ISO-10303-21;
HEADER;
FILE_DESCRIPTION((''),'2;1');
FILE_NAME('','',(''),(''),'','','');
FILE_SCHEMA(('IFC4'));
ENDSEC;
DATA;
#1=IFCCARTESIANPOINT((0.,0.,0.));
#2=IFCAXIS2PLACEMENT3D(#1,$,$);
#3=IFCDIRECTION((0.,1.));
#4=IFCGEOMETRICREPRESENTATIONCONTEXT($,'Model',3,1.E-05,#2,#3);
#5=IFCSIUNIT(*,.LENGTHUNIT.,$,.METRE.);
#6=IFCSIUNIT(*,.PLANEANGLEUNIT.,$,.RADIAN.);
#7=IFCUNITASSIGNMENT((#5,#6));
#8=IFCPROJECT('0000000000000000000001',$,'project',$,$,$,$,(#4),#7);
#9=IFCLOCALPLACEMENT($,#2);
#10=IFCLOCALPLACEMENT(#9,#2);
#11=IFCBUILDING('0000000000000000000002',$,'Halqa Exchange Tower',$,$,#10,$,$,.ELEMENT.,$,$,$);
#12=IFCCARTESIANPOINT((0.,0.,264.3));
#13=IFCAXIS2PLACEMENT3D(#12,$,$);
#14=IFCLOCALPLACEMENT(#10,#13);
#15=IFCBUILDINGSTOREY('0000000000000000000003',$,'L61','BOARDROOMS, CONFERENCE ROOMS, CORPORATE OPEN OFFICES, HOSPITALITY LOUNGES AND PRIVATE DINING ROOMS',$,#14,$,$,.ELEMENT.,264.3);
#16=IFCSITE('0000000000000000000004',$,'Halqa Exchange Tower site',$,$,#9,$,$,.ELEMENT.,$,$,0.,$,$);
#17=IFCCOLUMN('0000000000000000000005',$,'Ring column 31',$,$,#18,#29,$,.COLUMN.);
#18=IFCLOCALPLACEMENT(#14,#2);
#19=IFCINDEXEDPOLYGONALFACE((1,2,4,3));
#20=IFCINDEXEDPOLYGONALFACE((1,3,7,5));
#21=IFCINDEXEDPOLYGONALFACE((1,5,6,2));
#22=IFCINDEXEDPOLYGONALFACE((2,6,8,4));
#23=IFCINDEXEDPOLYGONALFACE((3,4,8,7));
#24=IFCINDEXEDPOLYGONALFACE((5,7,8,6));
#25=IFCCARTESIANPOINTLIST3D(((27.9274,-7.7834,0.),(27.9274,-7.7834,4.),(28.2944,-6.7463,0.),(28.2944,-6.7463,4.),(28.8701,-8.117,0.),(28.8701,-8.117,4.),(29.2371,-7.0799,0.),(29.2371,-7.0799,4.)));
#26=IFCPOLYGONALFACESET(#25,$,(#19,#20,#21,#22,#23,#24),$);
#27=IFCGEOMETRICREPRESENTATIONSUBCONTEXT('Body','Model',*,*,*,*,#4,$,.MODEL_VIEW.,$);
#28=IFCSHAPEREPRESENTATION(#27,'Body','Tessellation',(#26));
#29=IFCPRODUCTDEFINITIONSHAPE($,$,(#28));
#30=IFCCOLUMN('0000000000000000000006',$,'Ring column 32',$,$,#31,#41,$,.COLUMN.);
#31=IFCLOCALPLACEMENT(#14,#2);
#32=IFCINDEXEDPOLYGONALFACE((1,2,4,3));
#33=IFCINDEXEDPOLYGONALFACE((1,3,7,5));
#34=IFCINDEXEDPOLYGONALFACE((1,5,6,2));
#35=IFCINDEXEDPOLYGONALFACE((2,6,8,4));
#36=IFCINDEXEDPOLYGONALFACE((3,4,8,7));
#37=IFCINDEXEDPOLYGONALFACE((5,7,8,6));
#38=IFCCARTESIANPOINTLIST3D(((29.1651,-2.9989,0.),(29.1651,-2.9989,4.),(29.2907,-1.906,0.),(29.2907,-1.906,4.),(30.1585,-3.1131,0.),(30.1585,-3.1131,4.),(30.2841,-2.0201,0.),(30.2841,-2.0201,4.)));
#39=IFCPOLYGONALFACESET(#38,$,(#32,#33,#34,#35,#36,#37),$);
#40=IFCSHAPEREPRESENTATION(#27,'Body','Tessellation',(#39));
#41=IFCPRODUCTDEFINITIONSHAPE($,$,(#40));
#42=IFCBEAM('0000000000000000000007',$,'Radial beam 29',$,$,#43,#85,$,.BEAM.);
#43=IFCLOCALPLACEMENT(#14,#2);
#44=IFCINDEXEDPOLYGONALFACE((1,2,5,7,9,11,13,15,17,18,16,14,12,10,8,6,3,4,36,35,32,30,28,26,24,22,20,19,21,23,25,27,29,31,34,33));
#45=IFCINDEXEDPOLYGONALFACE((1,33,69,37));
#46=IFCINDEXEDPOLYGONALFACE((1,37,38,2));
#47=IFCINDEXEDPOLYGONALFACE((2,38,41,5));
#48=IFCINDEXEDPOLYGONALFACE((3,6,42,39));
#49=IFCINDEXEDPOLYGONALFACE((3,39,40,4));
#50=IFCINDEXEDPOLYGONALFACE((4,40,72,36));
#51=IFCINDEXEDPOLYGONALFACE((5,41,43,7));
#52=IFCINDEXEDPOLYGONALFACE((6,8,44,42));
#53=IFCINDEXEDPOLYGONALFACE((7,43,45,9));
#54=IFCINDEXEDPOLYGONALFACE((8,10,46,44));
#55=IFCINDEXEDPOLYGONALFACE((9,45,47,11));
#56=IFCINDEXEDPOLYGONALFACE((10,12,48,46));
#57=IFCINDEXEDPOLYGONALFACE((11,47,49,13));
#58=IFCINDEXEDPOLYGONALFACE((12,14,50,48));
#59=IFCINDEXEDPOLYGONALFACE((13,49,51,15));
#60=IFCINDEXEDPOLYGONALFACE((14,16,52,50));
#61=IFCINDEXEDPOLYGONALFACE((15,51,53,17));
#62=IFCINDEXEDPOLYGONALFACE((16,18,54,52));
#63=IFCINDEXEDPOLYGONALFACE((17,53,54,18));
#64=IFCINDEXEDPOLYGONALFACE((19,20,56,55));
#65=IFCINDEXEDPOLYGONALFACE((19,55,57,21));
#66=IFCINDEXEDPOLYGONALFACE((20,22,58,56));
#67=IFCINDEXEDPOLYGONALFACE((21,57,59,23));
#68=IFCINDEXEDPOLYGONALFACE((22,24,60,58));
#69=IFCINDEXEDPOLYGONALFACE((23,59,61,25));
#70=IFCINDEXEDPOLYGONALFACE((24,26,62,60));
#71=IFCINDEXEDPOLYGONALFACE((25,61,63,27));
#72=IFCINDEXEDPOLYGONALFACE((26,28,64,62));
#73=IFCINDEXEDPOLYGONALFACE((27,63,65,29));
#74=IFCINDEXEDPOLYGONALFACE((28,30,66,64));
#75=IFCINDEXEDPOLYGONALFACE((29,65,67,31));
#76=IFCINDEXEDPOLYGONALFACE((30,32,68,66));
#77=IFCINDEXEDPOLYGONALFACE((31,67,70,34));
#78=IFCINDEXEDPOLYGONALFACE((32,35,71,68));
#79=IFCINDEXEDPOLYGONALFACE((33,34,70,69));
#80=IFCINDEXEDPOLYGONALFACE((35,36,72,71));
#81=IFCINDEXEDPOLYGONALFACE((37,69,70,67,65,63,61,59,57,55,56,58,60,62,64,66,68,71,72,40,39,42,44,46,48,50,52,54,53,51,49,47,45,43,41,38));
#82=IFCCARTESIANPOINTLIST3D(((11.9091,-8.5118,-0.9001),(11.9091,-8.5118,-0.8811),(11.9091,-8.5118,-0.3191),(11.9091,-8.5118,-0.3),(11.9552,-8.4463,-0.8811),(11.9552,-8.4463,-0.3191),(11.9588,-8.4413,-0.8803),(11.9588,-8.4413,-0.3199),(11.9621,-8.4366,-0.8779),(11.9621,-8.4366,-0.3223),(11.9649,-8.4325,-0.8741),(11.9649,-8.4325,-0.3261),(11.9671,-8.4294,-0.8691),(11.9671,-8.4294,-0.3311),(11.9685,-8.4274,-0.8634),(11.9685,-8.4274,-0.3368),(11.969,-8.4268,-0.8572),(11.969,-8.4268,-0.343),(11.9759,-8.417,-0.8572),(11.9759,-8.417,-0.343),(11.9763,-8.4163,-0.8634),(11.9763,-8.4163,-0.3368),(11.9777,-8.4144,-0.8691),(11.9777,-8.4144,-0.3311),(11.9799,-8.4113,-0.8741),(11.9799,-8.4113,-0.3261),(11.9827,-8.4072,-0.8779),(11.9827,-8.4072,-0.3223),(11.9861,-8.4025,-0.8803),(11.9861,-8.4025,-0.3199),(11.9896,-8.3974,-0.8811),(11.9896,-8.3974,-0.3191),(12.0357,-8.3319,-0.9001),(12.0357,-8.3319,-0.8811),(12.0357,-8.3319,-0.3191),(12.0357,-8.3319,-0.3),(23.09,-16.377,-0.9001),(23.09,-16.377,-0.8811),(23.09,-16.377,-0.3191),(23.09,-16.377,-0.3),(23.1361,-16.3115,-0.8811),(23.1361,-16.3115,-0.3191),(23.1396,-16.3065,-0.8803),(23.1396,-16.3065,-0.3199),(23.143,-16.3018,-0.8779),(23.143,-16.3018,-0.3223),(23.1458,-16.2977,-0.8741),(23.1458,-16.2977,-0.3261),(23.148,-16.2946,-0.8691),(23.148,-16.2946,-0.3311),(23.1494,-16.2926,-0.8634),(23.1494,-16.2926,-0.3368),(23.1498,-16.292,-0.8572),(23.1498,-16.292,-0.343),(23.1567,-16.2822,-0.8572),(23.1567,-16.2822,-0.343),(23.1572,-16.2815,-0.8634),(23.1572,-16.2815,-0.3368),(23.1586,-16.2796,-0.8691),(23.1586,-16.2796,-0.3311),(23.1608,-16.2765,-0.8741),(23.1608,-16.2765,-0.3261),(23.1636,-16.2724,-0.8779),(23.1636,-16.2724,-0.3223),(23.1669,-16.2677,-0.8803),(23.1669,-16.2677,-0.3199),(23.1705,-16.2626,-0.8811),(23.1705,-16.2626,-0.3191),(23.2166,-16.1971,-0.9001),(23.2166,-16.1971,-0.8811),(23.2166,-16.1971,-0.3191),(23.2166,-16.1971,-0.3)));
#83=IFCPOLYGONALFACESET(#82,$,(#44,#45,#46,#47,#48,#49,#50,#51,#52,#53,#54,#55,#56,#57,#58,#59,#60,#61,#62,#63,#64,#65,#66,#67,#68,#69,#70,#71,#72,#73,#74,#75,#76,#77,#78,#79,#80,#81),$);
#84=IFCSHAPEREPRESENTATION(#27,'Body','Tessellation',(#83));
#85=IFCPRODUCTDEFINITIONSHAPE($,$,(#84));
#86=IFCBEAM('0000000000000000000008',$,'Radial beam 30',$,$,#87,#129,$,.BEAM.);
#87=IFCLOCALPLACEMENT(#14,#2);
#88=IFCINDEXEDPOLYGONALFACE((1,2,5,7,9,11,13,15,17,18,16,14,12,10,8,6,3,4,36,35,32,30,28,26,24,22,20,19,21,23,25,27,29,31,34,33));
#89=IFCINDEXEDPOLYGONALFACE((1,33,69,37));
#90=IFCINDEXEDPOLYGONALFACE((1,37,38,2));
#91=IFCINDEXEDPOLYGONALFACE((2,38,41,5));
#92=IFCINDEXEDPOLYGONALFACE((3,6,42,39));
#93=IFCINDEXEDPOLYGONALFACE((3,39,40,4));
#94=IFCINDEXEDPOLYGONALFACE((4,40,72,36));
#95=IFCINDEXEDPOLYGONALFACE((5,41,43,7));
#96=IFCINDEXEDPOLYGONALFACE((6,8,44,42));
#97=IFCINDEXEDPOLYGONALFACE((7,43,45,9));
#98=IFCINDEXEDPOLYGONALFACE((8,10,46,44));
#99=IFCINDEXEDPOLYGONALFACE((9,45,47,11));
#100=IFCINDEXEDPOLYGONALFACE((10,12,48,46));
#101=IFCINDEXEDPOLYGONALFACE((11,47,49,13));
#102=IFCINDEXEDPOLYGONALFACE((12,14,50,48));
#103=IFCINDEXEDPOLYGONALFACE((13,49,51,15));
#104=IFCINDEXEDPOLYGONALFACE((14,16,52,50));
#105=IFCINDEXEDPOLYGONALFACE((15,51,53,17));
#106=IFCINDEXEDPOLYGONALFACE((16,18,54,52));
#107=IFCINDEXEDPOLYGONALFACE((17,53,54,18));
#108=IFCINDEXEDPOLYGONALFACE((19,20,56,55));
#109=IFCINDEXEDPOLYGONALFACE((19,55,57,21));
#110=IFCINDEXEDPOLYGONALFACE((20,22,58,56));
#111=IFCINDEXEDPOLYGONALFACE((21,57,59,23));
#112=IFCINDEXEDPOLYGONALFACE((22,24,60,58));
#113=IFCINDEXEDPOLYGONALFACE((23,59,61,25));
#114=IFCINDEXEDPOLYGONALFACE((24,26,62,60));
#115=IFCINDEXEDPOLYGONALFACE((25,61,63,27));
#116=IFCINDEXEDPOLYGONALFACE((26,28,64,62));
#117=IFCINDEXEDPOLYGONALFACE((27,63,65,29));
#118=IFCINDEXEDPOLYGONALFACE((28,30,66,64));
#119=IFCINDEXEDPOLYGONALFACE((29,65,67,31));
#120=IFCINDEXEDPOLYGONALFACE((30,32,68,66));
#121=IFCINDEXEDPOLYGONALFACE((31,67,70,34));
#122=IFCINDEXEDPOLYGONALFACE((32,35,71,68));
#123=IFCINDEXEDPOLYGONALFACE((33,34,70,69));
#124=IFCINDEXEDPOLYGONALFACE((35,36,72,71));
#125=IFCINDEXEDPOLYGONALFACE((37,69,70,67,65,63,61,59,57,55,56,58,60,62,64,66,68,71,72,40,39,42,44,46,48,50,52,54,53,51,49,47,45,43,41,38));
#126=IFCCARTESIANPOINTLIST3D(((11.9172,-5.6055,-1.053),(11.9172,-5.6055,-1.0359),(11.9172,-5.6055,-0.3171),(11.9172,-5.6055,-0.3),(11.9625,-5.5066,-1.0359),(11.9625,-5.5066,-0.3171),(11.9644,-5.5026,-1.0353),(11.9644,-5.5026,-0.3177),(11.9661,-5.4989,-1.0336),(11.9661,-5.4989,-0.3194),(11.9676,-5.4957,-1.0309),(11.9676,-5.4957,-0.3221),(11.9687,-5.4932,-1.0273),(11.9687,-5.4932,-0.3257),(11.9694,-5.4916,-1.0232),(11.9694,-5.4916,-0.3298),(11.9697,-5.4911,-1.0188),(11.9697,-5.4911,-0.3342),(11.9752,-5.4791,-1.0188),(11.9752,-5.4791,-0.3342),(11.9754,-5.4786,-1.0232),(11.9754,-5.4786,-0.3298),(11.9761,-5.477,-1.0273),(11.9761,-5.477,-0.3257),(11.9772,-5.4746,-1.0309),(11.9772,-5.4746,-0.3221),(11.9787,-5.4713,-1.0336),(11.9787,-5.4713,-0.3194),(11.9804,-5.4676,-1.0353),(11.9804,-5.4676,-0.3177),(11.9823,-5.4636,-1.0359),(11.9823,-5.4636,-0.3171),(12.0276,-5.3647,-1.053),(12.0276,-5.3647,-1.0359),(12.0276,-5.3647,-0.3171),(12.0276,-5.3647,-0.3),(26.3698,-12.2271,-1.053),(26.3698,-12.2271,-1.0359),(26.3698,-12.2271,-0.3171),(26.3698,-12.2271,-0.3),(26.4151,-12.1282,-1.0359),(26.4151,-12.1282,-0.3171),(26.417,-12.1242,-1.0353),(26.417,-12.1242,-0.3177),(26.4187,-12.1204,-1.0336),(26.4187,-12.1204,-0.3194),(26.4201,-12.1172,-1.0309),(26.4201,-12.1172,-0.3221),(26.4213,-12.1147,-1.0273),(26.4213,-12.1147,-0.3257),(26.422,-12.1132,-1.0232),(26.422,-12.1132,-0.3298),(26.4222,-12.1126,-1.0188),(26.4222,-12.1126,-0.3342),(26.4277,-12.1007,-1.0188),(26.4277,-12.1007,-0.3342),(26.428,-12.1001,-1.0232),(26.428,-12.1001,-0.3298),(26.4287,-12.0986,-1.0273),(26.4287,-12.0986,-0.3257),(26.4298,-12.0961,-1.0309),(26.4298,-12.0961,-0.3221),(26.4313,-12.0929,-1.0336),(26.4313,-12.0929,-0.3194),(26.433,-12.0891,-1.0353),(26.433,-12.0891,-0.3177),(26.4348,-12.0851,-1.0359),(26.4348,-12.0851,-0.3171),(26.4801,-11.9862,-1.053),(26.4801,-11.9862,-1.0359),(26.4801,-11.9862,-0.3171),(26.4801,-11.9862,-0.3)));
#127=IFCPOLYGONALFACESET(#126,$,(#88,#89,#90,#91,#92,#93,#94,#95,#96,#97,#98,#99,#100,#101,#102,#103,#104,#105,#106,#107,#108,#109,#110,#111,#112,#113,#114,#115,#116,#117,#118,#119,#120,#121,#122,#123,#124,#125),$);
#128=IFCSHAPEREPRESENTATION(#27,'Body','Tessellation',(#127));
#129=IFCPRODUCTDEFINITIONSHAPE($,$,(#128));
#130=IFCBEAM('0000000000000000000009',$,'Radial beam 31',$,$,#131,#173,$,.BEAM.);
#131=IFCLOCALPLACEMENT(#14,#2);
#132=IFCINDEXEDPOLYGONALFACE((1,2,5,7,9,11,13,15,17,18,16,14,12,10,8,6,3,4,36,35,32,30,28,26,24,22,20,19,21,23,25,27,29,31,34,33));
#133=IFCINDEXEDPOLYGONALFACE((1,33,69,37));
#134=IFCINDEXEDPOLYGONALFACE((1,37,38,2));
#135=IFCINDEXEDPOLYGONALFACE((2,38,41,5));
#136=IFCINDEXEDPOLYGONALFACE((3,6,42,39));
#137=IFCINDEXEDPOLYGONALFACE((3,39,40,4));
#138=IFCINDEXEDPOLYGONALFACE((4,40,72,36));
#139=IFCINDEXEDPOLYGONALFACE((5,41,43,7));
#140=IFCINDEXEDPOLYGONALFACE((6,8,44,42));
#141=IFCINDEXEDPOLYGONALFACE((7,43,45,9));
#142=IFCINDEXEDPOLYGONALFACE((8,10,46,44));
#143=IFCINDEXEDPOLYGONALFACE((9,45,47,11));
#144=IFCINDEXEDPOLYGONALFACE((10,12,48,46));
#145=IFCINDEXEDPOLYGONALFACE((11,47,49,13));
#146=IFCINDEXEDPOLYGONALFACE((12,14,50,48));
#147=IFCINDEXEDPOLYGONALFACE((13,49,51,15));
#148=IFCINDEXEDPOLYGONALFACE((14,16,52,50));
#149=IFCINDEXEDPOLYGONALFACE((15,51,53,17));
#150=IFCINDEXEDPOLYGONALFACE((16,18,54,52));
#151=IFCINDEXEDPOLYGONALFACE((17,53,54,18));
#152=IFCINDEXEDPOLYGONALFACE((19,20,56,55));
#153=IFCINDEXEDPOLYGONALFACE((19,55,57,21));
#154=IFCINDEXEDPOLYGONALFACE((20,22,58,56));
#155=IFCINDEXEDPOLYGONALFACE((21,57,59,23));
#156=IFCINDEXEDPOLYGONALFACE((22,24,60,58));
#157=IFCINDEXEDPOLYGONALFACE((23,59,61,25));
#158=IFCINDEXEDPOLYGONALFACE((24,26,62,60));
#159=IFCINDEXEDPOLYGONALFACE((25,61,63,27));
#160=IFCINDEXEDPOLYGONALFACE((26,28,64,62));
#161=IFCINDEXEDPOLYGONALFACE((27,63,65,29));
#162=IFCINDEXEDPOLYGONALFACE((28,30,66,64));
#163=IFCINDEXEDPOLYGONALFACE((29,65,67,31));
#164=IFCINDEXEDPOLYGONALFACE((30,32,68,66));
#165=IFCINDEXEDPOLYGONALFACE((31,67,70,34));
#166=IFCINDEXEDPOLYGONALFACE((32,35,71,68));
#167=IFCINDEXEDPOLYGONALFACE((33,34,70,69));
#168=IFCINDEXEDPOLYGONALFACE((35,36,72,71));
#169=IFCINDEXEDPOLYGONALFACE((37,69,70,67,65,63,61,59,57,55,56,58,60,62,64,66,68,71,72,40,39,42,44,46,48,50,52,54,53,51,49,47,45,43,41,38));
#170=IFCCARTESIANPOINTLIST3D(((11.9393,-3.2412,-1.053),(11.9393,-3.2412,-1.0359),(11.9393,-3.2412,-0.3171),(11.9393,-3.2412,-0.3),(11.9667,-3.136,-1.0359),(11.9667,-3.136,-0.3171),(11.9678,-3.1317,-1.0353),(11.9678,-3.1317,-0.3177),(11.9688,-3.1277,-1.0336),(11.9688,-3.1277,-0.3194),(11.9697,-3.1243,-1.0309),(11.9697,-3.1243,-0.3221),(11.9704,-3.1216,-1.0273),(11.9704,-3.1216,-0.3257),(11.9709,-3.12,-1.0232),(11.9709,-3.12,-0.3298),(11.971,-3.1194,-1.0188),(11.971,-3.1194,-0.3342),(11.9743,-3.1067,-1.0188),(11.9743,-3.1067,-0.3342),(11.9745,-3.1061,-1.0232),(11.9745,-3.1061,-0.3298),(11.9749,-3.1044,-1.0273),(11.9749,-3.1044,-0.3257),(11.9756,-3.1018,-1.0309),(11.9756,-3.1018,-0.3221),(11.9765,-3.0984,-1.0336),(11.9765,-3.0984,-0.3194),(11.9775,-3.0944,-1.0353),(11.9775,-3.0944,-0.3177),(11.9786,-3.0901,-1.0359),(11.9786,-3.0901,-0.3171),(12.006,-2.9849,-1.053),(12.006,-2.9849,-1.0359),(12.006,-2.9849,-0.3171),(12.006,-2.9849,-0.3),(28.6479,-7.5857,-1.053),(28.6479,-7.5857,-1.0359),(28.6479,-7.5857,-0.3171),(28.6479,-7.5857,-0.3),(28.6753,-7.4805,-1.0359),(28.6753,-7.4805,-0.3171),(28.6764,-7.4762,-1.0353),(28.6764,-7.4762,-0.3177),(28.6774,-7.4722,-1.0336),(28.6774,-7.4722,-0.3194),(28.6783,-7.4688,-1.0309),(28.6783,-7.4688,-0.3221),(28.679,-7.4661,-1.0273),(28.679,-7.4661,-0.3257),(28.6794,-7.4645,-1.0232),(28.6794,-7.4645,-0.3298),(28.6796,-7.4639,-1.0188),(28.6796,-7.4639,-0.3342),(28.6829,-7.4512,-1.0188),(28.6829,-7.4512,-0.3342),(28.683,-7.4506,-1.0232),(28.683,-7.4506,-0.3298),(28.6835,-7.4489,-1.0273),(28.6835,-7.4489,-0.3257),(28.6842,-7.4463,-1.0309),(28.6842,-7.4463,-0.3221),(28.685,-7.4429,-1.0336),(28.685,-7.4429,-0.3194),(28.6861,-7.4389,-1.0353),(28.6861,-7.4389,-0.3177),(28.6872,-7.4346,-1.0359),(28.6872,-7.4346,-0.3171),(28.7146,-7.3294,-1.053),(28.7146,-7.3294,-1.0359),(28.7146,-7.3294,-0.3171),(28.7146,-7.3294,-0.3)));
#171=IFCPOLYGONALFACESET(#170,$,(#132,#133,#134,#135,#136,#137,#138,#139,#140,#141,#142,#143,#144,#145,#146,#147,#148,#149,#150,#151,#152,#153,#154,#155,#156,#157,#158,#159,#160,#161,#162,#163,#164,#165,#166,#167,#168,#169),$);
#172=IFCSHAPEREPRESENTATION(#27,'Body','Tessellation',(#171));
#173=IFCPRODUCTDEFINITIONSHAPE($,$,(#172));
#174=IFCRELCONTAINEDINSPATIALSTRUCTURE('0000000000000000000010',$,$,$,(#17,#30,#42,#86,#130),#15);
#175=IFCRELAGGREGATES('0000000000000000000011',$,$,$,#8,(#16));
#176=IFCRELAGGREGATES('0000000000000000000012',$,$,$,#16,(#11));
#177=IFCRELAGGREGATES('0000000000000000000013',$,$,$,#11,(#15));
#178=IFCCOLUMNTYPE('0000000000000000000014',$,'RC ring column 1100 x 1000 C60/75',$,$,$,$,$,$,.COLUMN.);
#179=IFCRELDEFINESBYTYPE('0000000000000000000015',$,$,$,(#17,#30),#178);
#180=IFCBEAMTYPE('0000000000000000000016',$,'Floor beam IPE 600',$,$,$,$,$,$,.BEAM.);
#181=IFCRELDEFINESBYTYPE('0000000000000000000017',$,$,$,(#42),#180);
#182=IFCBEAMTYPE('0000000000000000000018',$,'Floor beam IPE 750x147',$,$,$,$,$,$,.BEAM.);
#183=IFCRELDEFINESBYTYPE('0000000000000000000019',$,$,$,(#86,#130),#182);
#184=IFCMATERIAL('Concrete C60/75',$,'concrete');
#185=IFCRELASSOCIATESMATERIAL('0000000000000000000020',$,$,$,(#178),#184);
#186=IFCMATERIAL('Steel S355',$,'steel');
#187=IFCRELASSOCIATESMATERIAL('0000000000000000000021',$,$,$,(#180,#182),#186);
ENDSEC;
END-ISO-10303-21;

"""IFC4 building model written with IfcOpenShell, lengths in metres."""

from ifc_helpers import new_model, si_unit, direction, frame, origin, origin_2d, place, context, subcontext, project, spatial, rectangle, i_section, extrude, material, material_profile, profile_set, type_object, element, save


model = new_model("IFC4")

# Units and contexts
model_context = context("Model", 3, precision=1e-05, world=origin(), true_north=direction((0.0, 1.0)))
body_context = subcontext(model_context, "Body", "Model", "MODEL_VIEW")
ifc_project = project(units=[si_unit("LENGTHUNIT", "METRE"), si_unit("PLANEANGLEUNIT", "RADIAN")], contexts=[model_context])

# Site, building, storey
site_placement = place(None, origin())
site = spatial("IfcSite", under=ifc_project, at=site_placement, Name="Halqa Exchange Tower site", CompositionType="ELEMENT", RefElevation=0.0)
building_placement = place(site_placement, origin())
building = spatial("IfcBuilding", under=site, at=building_placement, Name="Halqa Exchange Tower", CompositionType="ELEMENT")
storey_placement = place(building_placement, frame((0.0, 0.0, 264.3)))
storey = spatial("IfcBuildingStorey", under=building, at=storey_placement, Name="L61", Description="BOARDROOMS, CONFERENCE ROOMS, CORPORATE OPEN OFFICES, HOSPITALITY LOUNGES AND PRIVATE DINING ROOMS", CompositionType="ELEMENT", Elevation=264.3)

# Columns
ifc_material_1 = material(Name="Concrete C60/75", Category="concrete")
ifc_material_profile_1 = material_profile(ifc_material_1, rectangle(XDim=1.1001, YDim=1.0, at=origin_2d()), Name="1100 x 1000")
ifc_profile_set_1 = profile_set([ifc_material_profile_1], Name="Concrete C60/75")
column_type = type_object("IfcColumnType", Name="RC ring column 1100 x 1000 C60/75", PredefinedType="COLUMN", material=ifc_profile_set_1)
for number, where, z_axis, x_axis, name in (
    (1, (28.5823, -7.4316, 0.0), (0.0, 0.0, 1.0), (0.333628, 0.942705, 0.0), "Ring column 31"),
    (2, (29.7246, -2.5095, 0.0), (0.0, 0.0, 1.0), (0.114155, 0.993463, 0.0), "Ring column 32"),
):
    element("IfcColumn", number, at=place(storey_placement, frame(where, z_axis=z_axis, x_axis=x_axis)), inside=storey, type_object=column_type, Name=name, PredefinedType="COLUMN", context=body_context, shape_type="SweptSolid", body=[
        extrude(rectangle(XDim=1.1001, YDim=1.0, at=origin_2d()), origin(), (0.0, 0.0, 1.0), 4.0),
    ])

# Beams
ifc_material_2 = material(Name="Steel S355", Category="steel")
ifc_material_profile_2 = material_profile(ifc_material_2, i_section(OverallWidth=0.22, OverallDepth=0.6001, WebThickness=0.012, FlangeThickness=0.019, FilletRadius=0.0239, at=origin_2d()), Name="IPE 600")
ifc_profile_set_2 = profile_set([ifc_material_profile_2], Name="Steel S355")
beam_type_1 = type_object("IfcBeamType", Name="Floor beam IPE 600", PredefinedType="BEAM", material=ifc_profile_set_2)
beam_1_placement = place(storey_placement, frame((11.9724, -8.4219, -0.6001), z_axis=(0.817903, -0.575356, 0.0), x_axis=(0.575356, 0.817903, 0.0)))
element("IfcBeam", 3, at=beam_1_placement, inside=storey, type_object=beam_type_1, Name="Radial beam 29", PredefinedType="BEAM", context=body_context, shape_type="SweptSolid", body=[
    extrude(i_section(OverallWidth=0.22, OverallDepth=0.6001, WebThickness=0.012, FlangeThickness=0.019, FilletRadius=0.0239, at=origin_2d()), origin(), (0.0, 0.0, 1.0), 13.6702),
])
ifc_material_profile_3 = material_profile(ifc_material_2, i_section(OverallWidth=0.2649, OverallDepth=0.7529, WebThickness=0.0132, FlangeThickness=0.0171, FilletRadius=0.0171, at=origin_2d()), Name="IPE 750x147")
ifc_profile_set_3 = profile_set([ifc_material_profile_3], Name="Steel S355")
beam_type_2 = type_object("IfcBeamType", Name="Floor beam IPE 750x147", PredefinedType="BEAM", material=ifc_profile_set_3)
beam_2_placement = place(storey_placement, frame((11.9724, -5.4851, -0.6765), z_axis=(0.909125, -0.416523, 0.0), x_axis=(0.416523, 0.909125, 0.0)))
element("IfcBeam", 4, at=beam_2_placement, inside=storey, type_object=beam_type_2, Name="Radial beam 30", PredefinedType="BEAM", context=body_context, shape_type="SweptSolid", body=[
    extrude(i_section(OverallWidth=0.2649, OverallDepth=0.7529, WebThickness=0.0132, FlangeThickness=0.0171, FilletRadius=0.0171, at=origin_2d()), origin(), (0.0, 0.0, 1.0), 15.8972),
])
beam_3_placement = place(storey_placement, frame((11.9727, -3.113, -0.6765), z_axis=(0.967819, -0.251649, 0.0), x_axis=(0.251649, 0.967819, 0.0)))
element("IfcBeam", 5, at=beam_3_placement, inside=storey, type_object=beam_type_2, Name="Radial beam 31", PredefinedType="BEAM", context=body_context, shape_type="SweptSolid", body=[
    extrude(i_section(OverallWidth=0.2649, OverallDepth=0.7529, WebThickness=0.0132, FlangeThickness=0.0171, FilletRadius=0.0171, at=origin_2d()), origin(), (0.0, 0.0, 1.0), 17.2642),
])

save(model, "model.ifc")
